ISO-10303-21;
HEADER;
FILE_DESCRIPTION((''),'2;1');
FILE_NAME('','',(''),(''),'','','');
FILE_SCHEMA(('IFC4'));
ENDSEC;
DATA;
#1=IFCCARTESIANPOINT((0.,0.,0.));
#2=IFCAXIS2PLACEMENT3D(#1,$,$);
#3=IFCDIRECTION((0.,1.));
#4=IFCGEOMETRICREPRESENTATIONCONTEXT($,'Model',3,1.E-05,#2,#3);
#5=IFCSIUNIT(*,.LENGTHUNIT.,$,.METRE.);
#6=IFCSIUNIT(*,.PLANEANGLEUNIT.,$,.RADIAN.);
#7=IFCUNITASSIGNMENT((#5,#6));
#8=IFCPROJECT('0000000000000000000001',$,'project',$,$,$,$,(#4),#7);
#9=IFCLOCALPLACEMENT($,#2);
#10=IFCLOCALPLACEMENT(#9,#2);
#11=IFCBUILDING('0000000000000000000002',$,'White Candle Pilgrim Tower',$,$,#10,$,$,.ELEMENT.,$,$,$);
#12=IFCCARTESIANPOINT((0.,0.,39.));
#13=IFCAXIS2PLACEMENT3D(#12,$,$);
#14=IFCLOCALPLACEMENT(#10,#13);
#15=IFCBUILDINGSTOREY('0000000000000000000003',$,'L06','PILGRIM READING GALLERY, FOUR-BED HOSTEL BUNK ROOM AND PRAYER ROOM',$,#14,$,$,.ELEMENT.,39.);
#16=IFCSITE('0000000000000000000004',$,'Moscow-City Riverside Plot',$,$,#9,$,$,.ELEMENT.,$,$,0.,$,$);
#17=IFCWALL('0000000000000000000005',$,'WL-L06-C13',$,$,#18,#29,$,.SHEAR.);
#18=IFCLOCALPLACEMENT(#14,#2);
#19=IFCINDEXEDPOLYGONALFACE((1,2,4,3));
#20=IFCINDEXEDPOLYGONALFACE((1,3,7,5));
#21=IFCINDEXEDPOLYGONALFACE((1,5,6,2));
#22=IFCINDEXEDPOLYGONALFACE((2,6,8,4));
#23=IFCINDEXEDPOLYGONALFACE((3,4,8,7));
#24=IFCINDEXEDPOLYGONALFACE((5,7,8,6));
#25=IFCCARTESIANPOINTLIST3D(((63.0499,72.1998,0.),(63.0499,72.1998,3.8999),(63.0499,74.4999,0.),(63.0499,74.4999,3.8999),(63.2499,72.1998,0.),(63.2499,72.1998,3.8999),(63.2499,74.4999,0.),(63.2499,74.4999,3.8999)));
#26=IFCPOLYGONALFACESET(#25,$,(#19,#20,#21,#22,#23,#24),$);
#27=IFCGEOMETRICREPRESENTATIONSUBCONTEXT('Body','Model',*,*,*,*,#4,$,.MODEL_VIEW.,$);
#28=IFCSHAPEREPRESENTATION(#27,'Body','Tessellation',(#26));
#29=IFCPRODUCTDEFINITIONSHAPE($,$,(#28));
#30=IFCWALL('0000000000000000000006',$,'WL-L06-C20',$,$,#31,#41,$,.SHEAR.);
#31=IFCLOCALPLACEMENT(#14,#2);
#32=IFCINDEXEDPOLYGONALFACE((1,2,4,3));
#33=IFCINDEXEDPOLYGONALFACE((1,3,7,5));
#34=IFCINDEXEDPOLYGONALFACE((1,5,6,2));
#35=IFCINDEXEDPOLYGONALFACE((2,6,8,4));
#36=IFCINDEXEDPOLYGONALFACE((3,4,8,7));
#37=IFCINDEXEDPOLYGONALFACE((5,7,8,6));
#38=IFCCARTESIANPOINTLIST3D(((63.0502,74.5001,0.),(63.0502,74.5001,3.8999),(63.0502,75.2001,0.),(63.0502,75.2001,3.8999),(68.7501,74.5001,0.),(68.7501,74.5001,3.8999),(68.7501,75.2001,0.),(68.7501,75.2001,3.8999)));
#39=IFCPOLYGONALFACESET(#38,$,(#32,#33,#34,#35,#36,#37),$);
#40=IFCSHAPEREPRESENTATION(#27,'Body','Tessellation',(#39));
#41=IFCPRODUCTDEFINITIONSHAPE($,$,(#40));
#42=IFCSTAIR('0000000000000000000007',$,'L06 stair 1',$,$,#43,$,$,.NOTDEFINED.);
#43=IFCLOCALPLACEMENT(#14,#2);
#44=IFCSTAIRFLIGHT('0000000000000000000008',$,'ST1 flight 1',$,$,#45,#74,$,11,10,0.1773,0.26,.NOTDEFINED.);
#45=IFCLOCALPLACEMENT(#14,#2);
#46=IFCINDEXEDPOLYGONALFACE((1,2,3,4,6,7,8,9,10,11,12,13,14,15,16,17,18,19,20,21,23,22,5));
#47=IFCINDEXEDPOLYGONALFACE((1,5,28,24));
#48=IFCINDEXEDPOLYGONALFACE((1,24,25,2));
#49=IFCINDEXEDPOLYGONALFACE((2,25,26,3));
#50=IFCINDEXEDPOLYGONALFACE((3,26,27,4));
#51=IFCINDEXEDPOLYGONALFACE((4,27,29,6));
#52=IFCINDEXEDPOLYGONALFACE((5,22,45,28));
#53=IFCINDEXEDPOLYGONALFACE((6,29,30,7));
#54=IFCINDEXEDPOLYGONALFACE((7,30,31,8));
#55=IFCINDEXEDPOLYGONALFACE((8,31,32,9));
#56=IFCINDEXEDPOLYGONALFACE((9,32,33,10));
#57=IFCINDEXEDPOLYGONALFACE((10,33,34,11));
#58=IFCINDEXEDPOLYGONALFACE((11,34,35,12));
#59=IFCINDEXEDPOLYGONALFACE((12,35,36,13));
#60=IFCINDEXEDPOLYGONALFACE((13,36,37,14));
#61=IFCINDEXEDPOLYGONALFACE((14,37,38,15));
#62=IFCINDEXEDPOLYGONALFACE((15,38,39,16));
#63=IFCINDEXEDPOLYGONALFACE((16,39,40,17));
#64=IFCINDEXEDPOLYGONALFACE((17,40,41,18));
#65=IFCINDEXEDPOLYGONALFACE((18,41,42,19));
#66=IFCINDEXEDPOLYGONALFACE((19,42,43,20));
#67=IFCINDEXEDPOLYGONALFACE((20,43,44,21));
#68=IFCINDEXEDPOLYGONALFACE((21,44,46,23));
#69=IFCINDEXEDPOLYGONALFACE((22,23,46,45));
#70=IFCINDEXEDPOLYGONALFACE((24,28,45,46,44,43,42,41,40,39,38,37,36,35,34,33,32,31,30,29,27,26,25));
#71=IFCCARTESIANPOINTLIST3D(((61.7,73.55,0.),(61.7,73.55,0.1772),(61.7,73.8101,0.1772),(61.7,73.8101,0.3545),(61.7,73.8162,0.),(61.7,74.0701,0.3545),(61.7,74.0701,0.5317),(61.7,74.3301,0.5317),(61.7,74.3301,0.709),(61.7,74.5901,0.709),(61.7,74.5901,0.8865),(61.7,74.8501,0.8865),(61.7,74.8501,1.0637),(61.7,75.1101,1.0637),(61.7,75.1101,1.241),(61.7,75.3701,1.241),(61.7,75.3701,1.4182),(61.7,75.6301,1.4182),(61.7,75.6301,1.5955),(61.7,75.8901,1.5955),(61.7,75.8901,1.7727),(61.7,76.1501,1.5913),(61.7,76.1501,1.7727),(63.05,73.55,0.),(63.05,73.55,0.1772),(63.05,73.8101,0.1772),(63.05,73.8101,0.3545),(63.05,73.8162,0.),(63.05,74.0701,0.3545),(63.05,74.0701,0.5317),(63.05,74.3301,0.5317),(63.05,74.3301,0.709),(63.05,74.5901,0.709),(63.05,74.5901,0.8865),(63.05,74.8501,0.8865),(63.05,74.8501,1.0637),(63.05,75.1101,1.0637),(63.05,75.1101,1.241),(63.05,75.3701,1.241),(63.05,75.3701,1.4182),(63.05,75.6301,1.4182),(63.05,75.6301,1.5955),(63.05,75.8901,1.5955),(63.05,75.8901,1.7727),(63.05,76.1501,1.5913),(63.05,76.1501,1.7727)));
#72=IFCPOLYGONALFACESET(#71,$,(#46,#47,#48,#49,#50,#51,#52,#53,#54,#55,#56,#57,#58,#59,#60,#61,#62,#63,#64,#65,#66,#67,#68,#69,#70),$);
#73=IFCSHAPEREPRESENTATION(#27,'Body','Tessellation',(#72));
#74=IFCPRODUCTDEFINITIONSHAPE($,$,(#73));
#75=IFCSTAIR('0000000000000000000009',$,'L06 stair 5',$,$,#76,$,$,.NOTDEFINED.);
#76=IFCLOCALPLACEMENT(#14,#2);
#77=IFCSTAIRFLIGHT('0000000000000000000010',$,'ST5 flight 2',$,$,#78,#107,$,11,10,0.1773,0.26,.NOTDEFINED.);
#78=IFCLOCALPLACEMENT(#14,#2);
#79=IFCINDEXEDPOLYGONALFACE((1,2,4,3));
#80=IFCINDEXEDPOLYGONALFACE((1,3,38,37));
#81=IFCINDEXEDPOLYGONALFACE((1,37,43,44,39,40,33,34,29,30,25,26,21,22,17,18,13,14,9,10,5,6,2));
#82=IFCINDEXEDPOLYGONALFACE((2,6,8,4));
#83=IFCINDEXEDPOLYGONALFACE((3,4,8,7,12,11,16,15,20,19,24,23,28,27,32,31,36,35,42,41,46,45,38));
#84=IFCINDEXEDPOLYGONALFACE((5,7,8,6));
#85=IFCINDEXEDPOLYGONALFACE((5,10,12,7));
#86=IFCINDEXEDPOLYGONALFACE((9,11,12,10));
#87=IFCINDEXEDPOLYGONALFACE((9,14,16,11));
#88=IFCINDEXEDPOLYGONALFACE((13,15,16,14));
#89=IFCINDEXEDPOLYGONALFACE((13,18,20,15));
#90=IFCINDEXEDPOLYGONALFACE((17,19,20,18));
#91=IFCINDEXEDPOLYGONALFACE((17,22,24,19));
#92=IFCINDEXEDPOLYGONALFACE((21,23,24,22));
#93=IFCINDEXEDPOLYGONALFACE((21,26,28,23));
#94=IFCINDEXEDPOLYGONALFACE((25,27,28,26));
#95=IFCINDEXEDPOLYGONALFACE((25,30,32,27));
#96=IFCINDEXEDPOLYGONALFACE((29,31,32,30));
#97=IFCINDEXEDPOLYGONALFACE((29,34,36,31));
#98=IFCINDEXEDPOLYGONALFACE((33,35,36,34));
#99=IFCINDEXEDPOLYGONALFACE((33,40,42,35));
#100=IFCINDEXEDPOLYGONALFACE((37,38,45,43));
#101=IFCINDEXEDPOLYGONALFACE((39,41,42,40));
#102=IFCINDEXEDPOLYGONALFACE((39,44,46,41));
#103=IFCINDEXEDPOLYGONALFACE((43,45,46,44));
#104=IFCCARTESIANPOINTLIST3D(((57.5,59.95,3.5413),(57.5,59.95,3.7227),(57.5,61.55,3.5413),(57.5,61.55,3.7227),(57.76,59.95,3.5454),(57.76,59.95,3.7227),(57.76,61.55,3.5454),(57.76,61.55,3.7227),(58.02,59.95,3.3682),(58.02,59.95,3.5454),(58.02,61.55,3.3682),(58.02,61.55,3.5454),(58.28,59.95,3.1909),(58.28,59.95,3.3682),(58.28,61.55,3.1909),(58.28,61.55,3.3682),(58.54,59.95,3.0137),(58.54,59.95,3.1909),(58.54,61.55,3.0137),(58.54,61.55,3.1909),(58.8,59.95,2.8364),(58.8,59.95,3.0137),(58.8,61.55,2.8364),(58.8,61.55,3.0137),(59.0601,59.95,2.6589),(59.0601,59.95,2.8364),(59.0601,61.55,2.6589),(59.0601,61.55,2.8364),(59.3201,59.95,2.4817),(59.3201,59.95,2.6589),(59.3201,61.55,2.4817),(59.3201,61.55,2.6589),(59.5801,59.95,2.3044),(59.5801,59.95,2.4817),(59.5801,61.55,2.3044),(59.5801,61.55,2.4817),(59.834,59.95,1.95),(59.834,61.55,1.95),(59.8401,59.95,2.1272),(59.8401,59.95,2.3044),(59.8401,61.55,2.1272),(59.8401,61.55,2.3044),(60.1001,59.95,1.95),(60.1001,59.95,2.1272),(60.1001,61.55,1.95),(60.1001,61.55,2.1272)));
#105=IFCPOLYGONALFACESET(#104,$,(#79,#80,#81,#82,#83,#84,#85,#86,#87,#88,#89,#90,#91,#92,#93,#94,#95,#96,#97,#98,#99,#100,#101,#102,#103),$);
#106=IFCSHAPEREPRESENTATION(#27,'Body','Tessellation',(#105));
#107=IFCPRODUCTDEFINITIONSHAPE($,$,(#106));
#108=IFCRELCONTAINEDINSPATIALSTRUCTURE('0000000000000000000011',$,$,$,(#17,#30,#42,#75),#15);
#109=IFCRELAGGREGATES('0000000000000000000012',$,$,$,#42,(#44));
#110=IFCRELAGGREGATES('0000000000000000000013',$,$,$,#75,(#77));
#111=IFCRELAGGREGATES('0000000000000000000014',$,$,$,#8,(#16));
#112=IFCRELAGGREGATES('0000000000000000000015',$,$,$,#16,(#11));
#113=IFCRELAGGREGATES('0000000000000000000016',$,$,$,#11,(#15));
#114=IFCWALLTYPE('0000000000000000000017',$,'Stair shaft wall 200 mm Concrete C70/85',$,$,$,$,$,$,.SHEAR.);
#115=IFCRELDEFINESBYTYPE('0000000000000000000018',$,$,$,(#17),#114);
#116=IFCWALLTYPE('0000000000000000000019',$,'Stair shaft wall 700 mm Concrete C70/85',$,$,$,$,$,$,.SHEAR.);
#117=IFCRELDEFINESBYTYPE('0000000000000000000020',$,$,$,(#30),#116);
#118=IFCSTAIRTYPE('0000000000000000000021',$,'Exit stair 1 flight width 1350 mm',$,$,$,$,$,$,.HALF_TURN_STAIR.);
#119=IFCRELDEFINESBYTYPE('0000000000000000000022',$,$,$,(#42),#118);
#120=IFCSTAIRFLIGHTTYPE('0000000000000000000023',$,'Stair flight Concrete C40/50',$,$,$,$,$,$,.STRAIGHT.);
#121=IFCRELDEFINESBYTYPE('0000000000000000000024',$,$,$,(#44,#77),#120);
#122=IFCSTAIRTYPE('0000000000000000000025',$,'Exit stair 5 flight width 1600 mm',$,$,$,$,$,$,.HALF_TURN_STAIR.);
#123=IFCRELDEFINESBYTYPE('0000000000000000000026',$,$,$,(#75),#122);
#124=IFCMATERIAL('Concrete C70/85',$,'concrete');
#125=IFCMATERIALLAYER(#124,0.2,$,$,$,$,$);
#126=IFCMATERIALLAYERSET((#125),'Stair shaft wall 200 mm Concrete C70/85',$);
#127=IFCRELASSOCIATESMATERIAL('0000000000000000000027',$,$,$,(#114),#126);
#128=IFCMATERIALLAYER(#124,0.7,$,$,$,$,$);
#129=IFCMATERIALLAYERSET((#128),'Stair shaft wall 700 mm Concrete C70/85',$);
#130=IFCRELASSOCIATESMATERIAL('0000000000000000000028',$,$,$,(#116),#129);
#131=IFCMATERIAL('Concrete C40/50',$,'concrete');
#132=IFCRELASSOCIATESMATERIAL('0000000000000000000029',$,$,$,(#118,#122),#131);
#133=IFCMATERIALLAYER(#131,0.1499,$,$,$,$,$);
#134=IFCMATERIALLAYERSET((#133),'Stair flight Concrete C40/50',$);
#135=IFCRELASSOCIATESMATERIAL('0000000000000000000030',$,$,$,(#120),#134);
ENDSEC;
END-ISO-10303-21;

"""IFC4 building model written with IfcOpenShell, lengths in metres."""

from ifc_helpers import new_model, si_unit, direction, frame, frame_2d, origin, place, context, subcontext, project, spatial, polyline, rectangle, outline, extrude, material, layer, layer_set, type_object, element, aggregate, save


model = new_model("IFC4")

# Units and contexts
model_context = context("Model", 3, precision=1e-05, world=origin(), true_north=direction((0.0, 1.0)))
body_context = subcontext(model_context, "Body", "Model", "MODEL_VIEW")
ifc_project = project(units=[si_unit("LENGTHUNIT", "METRE"), si_unit("PLANEANGLEUNIT", "RADIAN")], contexts=[model_context])

# Site, building, storey
site_placement = place(None, origin())
site = spatial("IfcSite", under=ifc_project, at=site_placement, Name="Moscow-City Riverside Plot", CompositionType="ELEMENT", RefElevation=0.0)
building_placement = place(site_placement, origin())
building = spatial("IfcBuilding", under=site, at=building_placement, Name="White Candle Pilgrim Tower", CompositionType="ELEMENT")
storey_placement = place(building_placement, frame((0.0, 0.0, 39.0)))
storey = spatial("IfcBuildingStorey", under=building, at=storey_placement, Name="L06", Description="PILGRIM READING GALLERY, FOUR-BED HOSTEL BUNK ROOM AND PRAYER ROOM", CompositionType="ELEMENT", Elevation=39.0)

# Shared definitions
ifc_material_1 = material(Name="Concrete C70/85", Category="concrete")

# Walls
ifc_layer_1 = layer(ifc_material_1, 0.2)
ifc_layer_set_1 = layer_set([ifc_layer_1], Name="Stair shaft wall 200 mm Concrete C70/85")
wall_type_1 = type_object("IfcWallType", Name="Stair shaft wall 200 mm Concrete C70/85", PredefinedType="SHEAR", material=ifc_layer_set_1)
wall_1_placement = place(storey_placement, frame((63.1499, 72.2, 0.0), z_axis=(0.0, 0.0, 1.0), x_axis=(0.0, 1.0, 0.0)))
element("IfcWall", 1, at=wall_1_placement, inside=storey, type_object=wall_type_1, Name="WL-L06-C13", PredefinedType="SHEAR", context=body_context, shape_type="SweptSolid", body=[
    extrude(rectangle(XDim=2.3, YDim=0.2, at=frame_2d((1.1499, 0.0))), origin(), (0.0, 0.0, 1.0), 3.8999),
])
ifc_layer_2 = layer(ifc_material_1, 0.7)
ifc_layer_set_2 = layer_set([ifc_layer_2], Name="Stair shaft wall 700 mm Concrete C70/85")
wall_type_2 = type_object("IfcWallType", Name="Stair shaft wall 700 mm Concrete C70/85", PredefinedType="SHEAR", material=ifc_layer_set_2)
wall_2_placement = place(storey_placement, frame((63.05, 74.8501, 0.0), z_axis=(0.0, 0.0, 1.0), x_axis=(1.0, 0.0, 0.0)))
element("IfcWall", 2, at=wall_2_placement, inside=storey, type_object=wall_type_2, Name="WL-L06-C20", PredefinedType="SHEAR", context=body_context, shape_type="SweptSolid", body=[
    extrude(rectangle(XDim=5.7, YDim=0.7, at=frame_2d((2.8501, 0.0))), origin(), (0.0, 0.0, 1.0), 3.8999),
])

# Stairs, stair flights
ifc_material_2 = material(Name="Concrete C40/50", Category="concrete")
stair_type_1 = type_object("IfcStairType", Name="Exit stair 1 flight width 1350 mm", PredefinedType="HALF_TURN_STAIR", material=ifc_material_2)
stair_1_placement = place(storey_placement, origin())
stair_1 = element("IfcStair", 3, at=stair_1_placement, inside=storey, type_object=stair_type_1, Name="L06 stair 1", PredefinedType="NOTDEFINED")
ifc_layer_3 = layer(ifc_material_2, 0.1499)
ifc_layer_set_3 = layer_set([ifc_layer_3], Name="Stair flight Concrete C40/50")
stair_flight_type = type_object("IfcStairFlightType", Name="Stair flight Concrete C40/50", PredefinedType="STRAIGHT", material=ifc_layer_set_3)
stair_flight_1_placement = place(storey_placement, frame((62.375, 73.55, 0.0), z_axis=(0.0, 0.0, 1.0), x_axis=(0.0, 1.0, 0.0)))
stair_flight_1 = element("IfcStairFlight", 4, at=stair_flight_1_placement, type_object=stair_flight_type, Name="ST1 flight 1", NumberOfRisers=11, NumberOfTreads=10, PredefinedType="NOTDEFINED", RiserHeight=0.1773, TreadLength=0.26, context=body_context, shape_type="SweptSolid", body=[
    extrude(outline(polyline([(0.0, 0.0), (0.0, 0.1772), (0.26, 0.1772), (0.26, 0.3545), (0.52, 0.3545), (0.52, 0.5317), (0.78, 0.5317), (0.78, 0.709), (1.04, 0.709), (1.04, 0.8865), (1.3, 0.8865), (1.3, 1.0637), (1.5601, 1.0637), (1.5601, 1.241), (1.8201, 1.241), (1.8201, 1.4182), (2.0801, 1.4182), (2.0801, 1.5955), (2.3401, 1.5955), (2.3401, 1.7727), (2.6001, 1.7727), (2.6001, 1.95), (2.6001, 1.5913), (0.2661, 0.0), (0.0, 0.0)])), frame((0.0, 0.675, 0.0), z_axis=(0.0, -1.0, 0.0), x_axis=(1.0, 0.0, 0.0)), (0.0, 0.0, 1.0), 1.3501),
])
aggregate(stair_1, [stair_flight_1])
stair_type_2 = type_object("IfcStairType", Name="Exit stair 5 flight width 1600 mm", PredefinedType="HALF_TURN_STAIR", material=ifc_material_2)
stair_2_placement = place(storey_placement, origin())
stair_2 = element("IfcStair", 5, at=stair_2_placement, inside=storey, type_object=stair_type_2, Name="L06 stair 5", PredefinedType="NOTDEFINED")
stair_flight_2_placement = place(storey_placement, frame((60.1001, 60.75, 1.95), z_axis=(0.0, 0.0, 1.0), x_axis=(-1.0, 0.0, 0.0)))
stair_flight_2 = element("IfcStairFlight", 6, at=stair_flight_2_placement, type_object=stair_flight_type, Name="ST5 flight 2", NumberOfRisers=11, NumberOfTreads=10, PredefinedType="NOTDEFINED", RiserHeight=0.1773, TreadLength=0.26, context=body_context, shape_type="SweptSolid", body=[
    extrude(outline(polyline([(0.0, 0.0), (0.0, 0.1772), (0.26, 0.1772), (0.26, 0.3545), (0.52, 0.3545), (0.52, 0.5317), (0.78, 0.5317), (0.78, 0.709), (1.04, 0.709), (1.04, 0.8865), (1.3, 0.8865), (1.3, 1.0637), (1.5601, 1.0637), (1.5601, 1.241), (1.8201, 1.241), (1.8201, 1.4182), (2.0801, 1.4182), (2.0801, 1.5955), (2.3401, 1.5955), (2.3401, 1.7727), (2.6001, 1.7727), (2.6001, 1.95), (2.6001, 1.5913), (0.2661, 0.0), (0.0, 0.0)])), frame((0.0, 0.8, 0.0), z_axis=(0.0, -1.0, 0.0), x_axis=(1.0, 0.0, 0.0)), (0.0, 0.0, 1.0), 1.6001),
])
aggregate(stair_2, [stair_flight_2])

save(model, "model.ifc")
